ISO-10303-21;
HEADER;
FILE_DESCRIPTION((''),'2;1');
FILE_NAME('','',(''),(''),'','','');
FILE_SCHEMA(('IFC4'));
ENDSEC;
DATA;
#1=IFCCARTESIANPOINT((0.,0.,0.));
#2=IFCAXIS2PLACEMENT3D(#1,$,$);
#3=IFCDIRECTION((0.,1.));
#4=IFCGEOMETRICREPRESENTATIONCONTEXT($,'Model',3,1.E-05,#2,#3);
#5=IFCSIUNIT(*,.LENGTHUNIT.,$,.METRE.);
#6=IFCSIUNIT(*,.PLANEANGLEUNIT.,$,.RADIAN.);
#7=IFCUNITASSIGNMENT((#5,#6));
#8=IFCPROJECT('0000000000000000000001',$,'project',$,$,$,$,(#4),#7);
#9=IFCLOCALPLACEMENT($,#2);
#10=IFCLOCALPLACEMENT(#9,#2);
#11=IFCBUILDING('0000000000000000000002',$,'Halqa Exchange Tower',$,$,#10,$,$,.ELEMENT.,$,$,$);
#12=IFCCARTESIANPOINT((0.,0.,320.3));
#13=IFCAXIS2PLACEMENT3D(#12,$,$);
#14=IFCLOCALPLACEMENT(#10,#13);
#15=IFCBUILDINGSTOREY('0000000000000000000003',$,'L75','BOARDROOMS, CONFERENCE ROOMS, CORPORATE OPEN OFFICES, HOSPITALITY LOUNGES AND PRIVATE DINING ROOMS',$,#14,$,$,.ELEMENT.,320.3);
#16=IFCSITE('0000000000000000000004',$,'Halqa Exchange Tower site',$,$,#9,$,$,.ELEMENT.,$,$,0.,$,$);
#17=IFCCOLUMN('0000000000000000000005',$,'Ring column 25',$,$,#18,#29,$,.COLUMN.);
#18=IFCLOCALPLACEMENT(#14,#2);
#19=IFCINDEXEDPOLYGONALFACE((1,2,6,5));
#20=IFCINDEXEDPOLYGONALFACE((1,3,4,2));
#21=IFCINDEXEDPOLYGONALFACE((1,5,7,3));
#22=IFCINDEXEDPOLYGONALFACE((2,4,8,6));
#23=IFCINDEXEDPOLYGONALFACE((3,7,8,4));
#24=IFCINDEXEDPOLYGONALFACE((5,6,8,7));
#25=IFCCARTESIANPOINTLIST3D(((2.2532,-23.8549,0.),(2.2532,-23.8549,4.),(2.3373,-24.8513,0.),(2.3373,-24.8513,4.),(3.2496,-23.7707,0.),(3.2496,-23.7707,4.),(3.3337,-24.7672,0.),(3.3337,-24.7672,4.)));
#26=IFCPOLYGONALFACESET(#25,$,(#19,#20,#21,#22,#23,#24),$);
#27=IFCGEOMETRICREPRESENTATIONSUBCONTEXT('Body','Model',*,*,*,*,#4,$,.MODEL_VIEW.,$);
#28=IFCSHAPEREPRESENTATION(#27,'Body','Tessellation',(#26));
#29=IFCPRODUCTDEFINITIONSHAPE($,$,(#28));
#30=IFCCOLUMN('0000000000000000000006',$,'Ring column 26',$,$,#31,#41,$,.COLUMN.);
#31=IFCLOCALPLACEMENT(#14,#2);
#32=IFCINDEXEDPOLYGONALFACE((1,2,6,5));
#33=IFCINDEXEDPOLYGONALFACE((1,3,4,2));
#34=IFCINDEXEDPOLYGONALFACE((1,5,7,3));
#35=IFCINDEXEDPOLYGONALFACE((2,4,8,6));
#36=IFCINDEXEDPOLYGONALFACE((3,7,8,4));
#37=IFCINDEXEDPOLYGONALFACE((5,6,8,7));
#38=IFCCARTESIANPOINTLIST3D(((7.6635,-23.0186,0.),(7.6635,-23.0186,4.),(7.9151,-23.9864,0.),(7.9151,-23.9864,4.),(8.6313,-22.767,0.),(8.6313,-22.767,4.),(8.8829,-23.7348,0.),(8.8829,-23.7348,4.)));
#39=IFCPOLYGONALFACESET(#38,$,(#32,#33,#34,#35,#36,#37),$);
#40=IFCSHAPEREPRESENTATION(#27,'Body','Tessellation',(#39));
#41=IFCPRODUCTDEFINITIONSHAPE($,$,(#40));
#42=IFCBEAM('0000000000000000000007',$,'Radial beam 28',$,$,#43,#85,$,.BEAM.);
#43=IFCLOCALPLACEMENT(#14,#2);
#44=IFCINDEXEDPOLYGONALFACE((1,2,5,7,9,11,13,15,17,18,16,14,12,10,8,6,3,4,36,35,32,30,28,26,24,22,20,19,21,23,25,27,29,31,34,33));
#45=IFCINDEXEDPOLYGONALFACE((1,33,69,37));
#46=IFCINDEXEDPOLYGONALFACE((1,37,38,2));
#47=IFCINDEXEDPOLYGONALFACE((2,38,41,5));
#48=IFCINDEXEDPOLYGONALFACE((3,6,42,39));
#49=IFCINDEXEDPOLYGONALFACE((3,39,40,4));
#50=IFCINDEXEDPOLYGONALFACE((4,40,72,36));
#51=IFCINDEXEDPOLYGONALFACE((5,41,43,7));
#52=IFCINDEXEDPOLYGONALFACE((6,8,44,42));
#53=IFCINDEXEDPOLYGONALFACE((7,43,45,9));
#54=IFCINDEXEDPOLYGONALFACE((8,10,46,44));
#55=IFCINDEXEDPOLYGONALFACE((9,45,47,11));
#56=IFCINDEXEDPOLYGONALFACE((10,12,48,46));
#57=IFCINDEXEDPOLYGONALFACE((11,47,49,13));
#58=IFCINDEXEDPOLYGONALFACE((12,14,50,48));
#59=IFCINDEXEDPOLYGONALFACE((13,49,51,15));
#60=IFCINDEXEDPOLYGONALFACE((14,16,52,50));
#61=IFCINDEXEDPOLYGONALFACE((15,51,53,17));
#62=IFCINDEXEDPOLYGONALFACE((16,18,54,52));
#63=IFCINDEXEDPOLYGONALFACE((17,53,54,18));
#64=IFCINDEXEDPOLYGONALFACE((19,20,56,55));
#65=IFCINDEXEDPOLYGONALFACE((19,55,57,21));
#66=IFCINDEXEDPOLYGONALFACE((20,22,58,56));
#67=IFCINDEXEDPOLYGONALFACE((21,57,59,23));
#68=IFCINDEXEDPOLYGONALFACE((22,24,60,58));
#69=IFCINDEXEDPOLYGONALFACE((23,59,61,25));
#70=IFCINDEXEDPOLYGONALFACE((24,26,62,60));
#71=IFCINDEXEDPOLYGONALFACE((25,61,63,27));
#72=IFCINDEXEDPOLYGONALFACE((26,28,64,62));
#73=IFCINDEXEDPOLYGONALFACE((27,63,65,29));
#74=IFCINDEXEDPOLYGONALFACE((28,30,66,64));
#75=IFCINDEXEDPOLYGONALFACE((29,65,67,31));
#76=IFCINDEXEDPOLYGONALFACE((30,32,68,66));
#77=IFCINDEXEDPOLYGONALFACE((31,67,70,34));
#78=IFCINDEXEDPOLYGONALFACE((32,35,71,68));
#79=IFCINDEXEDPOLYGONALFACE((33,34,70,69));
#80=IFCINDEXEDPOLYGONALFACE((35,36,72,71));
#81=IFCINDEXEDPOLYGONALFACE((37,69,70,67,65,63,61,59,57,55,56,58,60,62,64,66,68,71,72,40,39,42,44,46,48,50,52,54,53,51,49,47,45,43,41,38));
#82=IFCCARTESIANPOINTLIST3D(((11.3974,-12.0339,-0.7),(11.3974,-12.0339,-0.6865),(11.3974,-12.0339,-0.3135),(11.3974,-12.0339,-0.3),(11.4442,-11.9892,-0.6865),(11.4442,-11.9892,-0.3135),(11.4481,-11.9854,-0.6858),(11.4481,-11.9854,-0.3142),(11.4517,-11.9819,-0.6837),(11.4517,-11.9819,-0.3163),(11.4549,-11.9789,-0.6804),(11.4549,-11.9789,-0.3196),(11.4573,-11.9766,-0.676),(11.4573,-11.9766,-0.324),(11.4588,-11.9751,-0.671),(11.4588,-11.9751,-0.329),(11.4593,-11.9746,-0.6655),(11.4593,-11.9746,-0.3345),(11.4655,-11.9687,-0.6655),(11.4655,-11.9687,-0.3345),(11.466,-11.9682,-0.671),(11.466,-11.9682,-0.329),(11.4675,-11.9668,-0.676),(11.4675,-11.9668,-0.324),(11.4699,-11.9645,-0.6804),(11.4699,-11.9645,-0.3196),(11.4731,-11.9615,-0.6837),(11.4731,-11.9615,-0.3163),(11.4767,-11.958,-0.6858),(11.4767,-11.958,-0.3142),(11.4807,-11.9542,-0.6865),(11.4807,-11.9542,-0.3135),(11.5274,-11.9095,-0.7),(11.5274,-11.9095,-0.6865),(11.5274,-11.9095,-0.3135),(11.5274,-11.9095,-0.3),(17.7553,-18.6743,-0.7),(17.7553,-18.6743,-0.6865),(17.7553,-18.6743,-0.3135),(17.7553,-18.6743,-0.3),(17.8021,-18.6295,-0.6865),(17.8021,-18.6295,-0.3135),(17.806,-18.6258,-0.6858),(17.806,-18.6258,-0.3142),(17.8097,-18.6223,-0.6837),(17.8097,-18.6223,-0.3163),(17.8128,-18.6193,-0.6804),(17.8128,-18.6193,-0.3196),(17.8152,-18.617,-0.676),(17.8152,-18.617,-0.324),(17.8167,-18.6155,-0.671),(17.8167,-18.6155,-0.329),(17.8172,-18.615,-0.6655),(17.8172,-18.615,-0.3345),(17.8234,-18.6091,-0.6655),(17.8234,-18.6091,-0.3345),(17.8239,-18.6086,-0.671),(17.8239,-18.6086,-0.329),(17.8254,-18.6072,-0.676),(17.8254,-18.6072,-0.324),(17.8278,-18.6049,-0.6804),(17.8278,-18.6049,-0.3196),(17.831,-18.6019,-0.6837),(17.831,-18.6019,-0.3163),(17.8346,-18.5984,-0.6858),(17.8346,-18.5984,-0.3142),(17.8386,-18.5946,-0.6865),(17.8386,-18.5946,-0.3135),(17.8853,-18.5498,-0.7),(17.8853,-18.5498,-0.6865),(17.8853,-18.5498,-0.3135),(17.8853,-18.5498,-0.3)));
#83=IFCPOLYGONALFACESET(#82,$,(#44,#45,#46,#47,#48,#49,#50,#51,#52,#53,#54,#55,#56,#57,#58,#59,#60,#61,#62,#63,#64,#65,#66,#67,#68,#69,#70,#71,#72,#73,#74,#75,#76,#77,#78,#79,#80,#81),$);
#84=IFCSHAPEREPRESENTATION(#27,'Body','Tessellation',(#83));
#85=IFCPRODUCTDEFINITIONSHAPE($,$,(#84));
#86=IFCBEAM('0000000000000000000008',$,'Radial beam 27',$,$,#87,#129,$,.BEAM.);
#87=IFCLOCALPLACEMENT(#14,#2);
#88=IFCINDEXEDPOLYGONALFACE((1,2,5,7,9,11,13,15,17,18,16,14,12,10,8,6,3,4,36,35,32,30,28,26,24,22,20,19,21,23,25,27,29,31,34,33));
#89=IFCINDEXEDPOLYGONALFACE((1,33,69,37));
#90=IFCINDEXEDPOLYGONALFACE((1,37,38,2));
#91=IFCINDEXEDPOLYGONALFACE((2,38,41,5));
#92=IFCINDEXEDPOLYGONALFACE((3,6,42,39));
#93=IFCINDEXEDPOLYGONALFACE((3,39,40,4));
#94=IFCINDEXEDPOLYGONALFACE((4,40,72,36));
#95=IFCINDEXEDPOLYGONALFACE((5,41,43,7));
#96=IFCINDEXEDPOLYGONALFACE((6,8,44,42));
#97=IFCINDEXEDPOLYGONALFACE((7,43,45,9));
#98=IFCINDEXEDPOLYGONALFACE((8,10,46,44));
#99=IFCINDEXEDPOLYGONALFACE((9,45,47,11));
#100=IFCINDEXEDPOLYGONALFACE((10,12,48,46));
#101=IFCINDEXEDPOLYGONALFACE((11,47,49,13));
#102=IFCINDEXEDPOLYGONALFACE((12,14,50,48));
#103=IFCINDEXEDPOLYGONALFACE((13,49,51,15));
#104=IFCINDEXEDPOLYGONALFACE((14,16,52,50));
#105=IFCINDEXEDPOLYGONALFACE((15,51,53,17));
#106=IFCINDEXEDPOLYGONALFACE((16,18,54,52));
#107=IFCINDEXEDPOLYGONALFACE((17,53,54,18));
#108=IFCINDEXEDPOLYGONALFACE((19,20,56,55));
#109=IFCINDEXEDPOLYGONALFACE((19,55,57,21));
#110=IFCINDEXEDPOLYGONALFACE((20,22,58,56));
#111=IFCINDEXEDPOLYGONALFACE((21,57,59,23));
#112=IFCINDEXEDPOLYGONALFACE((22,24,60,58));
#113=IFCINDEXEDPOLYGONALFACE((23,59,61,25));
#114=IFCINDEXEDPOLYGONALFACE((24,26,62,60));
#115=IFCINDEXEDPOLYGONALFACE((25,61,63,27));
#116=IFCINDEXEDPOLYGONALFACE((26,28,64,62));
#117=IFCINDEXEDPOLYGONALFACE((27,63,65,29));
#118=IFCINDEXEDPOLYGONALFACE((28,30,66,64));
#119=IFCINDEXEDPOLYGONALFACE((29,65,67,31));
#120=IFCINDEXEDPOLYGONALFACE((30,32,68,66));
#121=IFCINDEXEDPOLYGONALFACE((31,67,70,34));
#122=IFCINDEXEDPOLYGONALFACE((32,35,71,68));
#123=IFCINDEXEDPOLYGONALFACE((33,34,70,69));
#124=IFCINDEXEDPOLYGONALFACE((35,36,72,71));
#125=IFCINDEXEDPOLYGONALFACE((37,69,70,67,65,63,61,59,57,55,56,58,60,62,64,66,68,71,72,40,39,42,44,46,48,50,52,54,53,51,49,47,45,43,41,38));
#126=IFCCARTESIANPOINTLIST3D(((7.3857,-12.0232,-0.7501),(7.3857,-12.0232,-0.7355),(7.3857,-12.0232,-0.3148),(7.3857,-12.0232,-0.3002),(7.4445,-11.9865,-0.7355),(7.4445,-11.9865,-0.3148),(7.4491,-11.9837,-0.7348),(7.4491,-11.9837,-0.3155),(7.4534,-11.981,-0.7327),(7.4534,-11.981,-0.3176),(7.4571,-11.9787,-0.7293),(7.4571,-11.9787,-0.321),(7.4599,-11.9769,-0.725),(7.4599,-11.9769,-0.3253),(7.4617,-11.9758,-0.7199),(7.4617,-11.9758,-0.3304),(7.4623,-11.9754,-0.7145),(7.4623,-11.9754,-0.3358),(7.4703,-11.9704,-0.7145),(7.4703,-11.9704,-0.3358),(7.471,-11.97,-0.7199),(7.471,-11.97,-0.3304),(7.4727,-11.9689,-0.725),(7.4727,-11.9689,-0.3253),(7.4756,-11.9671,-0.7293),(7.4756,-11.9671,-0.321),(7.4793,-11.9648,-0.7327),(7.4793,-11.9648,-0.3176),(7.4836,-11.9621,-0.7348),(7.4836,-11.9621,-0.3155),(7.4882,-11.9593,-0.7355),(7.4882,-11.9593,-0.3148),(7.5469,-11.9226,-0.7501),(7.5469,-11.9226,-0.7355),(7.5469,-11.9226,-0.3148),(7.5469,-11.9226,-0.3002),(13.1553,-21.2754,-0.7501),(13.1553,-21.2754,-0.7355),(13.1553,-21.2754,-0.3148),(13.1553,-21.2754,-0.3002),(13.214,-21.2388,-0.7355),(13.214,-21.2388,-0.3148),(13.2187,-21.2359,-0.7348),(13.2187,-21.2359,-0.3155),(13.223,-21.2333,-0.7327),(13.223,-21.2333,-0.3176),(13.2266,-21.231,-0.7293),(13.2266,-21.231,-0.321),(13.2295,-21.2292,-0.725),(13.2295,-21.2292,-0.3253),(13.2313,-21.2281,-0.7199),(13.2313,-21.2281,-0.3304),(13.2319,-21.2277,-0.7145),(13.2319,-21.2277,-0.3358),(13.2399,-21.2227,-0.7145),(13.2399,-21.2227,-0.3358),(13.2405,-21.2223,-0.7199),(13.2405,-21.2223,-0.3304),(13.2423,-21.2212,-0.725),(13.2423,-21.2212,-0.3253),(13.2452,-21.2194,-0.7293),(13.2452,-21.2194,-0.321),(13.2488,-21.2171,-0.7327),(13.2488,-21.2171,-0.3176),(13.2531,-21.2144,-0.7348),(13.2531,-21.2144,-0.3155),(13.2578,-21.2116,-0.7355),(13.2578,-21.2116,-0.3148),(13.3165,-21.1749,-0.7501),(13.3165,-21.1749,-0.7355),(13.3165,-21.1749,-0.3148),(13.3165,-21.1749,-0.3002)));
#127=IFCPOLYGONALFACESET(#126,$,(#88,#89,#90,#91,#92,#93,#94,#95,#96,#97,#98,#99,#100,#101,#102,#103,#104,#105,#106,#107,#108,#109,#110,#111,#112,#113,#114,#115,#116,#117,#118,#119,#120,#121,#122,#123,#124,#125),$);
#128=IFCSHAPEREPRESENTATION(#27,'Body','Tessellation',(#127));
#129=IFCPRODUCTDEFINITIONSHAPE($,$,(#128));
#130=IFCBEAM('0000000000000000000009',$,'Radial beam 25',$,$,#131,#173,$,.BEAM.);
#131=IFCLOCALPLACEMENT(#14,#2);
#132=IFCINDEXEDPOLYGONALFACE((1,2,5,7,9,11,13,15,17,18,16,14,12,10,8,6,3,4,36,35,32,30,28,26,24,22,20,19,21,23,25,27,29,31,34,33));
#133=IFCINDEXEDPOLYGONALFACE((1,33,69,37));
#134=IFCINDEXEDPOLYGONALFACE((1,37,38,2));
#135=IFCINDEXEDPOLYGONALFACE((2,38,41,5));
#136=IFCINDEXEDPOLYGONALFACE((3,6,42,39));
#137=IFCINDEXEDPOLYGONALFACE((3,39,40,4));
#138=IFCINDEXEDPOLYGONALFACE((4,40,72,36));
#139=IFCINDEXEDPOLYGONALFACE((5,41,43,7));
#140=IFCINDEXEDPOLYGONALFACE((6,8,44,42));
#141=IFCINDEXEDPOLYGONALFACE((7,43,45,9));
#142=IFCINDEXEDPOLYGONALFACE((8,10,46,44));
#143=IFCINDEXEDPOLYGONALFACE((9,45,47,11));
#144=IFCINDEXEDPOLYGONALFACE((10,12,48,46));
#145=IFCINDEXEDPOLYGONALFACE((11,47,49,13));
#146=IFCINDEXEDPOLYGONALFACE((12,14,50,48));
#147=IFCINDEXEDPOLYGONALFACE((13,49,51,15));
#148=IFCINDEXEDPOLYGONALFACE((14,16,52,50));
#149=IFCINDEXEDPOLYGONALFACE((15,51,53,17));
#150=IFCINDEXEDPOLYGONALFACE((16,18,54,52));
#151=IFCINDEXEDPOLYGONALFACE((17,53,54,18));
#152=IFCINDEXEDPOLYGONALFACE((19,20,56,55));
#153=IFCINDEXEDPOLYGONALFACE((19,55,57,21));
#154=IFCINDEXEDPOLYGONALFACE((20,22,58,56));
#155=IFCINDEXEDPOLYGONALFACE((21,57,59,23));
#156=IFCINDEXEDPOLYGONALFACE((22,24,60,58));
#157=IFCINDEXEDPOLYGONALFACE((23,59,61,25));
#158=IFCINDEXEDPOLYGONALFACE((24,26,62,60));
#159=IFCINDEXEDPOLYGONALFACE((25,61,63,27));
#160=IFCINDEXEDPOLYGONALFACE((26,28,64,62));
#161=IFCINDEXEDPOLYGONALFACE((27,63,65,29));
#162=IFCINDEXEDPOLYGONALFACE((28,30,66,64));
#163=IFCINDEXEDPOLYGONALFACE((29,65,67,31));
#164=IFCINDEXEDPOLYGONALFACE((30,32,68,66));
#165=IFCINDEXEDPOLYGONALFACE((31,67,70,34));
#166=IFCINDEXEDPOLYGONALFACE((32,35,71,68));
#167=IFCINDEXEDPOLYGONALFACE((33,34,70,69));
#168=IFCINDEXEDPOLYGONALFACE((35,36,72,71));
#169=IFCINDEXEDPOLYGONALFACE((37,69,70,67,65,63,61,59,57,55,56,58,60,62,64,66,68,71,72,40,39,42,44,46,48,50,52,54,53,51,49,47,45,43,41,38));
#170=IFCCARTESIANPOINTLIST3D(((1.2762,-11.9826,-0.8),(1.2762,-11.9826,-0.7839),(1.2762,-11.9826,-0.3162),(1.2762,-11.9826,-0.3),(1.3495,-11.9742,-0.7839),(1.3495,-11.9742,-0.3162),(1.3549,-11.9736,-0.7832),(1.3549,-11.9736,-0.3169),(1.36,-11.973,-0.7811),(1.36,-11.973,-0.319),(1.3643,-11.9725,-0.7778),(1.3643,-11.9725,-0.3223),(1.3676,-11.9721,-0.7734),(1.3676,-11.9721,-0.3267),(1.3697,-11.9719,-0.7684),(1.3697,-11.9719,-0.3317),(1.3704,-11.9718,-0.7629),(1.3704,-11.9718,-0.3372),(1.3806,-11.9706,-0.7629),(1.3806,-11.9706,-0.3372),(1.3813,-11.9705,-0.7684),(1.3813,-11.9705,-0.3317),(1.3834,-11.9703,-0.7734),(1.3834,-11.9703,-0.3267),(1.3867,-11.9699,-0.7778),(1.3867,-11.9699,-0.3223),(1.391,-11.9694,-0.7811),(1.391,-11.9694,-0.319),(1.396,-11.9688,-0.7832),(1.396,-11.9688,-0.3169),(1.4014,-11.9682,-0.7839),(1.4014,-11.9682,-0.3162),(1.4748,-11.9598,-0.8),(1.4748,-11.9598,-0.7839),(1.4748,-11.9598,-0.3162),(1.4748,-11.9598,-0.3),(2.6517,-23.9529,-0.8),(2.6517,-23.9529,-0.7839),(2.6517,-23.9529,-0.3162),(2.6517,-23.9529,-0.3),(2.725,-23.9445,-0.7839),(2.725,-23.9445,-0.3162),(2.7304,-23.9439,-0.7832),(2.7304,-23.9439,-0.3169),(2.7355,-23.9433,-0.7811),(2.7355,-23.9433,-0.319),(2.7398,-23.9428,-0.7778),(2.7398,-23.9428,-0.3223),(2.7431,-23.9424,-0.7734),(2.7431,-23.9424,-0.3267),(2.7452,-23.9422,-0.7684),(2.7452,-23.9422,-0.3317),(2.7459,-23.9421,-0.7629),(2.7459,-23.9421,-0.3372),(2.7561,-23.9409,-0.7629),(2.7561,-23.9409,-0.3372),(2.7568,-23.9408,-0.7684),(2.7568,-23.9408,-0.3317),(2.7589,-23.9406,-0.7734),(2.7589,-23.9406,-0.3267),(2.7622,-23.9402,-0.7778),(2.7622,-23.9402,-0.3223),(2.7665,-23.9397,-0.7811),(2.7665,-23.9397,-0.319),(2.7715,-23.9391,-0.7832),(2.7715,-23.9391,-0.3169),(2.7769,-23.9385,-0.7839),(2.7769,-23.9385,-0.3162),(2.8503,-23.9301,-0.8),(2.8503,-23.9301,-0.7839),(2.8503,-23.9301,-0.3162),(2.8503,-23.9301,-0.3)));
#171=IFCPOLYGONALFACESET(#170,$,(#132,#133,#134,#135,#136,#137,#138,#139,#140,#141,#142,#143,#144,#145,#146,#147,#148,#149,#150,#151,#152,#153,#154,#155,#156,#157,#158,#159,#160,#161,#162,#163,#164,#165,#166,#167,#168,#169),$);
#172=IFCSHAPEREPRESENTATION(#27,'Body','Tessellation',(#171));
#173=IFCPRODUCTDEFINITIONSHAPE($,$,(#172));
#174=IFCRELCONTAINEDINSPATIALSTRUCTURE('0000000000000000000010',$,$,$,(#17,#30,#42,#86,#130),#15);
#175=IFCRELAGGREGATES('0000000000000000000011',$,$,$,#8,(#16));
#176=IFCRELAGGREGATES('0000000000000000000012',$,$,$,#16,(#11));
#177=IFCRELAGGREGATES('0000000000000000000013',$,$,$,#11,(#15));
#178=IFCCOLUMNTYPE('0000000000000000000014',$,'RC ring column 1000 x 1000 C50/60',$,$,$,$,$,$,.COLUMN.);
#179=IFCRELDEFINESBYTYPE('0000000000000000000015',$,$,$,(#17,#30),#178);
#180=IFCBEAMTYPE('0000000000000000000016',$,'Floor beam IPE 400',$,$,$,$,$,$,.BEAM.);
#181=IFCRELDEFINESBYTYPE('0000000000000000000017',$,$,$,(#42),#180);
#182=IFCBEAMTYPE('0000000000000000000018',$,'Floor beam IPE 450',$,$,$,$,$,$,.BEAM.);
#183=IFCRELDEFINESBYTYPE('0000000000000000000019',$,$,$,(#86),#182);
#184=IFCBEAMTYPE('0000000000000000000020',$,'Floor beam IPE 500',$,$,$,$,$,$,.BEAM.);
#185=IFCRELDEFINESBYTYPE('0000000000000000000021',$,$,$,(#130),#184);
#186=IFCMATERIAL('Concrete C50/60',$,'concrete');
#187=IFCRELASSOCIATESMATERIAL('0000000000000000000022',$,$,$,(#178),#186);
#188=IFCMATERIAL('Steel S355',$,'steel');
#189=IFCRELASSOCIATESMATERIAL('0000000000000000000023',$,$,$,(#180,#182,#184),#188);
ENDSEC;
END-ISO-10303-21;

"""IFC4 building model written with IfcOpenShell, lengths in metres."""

from ifc_helpers import new_model, si_unit, direction, frame, origin, origin_2d, place, context, subcontext, project, spatial, rectangle, i_section, extrude, material, material_profile, profile_set, type_object, element, save


model = new_model("IFC4")

# Units and contexts
model_context = context("Model", 3, precision=1e-05, world=origin(), true_north=direction((0.0, 1.0)))
body_context = subcontext(model_context, "Body", "Model", "MODEL_VIEW")
ifc_project = project(units=[si_unit("LENGTHUNIT", "METRE"), si_unit("PLANEANGLEUNIT", "RADIAN")], contexts=[model_context])

# Site, building, storey
site_placement = place(None, origin())
site = spatial("IfcSite", under=ifc_project, at=site_placement, Name="Halqa Exchange Tower site", CompositionType="ELEMENT", RefElevation=0.0)
building_placement = place(site_placement, origin())
building = spatial("IfcBuilding", under=site, at=building_placement, Name="Halqa Exchange Tower", CompositionType="ELEMENT")
storey_placement = place(building_placement, frame((0.0, 0.0, 320.3)))
storey = spatial("IfcBuildingStorey", under=building, at=storey_placement, Name="L75", Description="BOARDROOMS, CONFERENCE ROOMS, CORPORATE OPEN OFFICES, HOSPITALITY LOUNGES AND PRIVATE DINING ROOMS", CompositionType="ELEMENT", Elevation=320.3)

# Columns
ifc_material_1 = material(Name="Concrete C50/60", Category="concrete")
ifc_material_profile_1 = material_profile(ifc_material_1, rectangle(XDim=1.0, YDim=1.0, at=origin_2d()), Name="1000 x 1000")
ifc_profile_set_1 = profile_set([ifc_material_profile_1], Name="Concrete C50/60")
column_type = type_object("IfcColumnType", Name="RC ring column 1000 x 1000 C50/60", PredefinedType="COLUMN", material=ifc_profile_set_1)
for number, where, z_axis, x_axis, name in (
    (1, (2.7935, -24.311, 0.0), (0.0, 0.0, 1.0), (0.996455, 0.084127, 0.0), "Ring column 25"),
    (2, (8.2732, -23.3767, 0.0), (0.0, 0.0, 1.0), (0.967819, 0.251647, 0.0), "Ring column 26"),
):
    element("IfcColumn", number, at=place(storey_placement, frame(where, z_axis=z_axis, x_axis=x_axis)), inside=storey, type_object=column_type, Name=name, PredefinedType="COLUMN", context=body_context, shape_type="SweptSolid", body=[
        extrude(rectangle(XDim=1.0, YDim=1.0, at=origin_2d()), origin(), (0.0, 0.0, 1.0), 4.0),
    ])

# Beams
ifc_material_2 = material(Name="Steel S355", Category="steel")
ifc_material_profile_2 = material_profile(ifc_material_2, i_section(OverallWidth=0.1799, OverallDepth=0.3999, WebThickness=0.0085, FlangeThickness=0.0134, FilletRadius=0.021, at=origin_2d()), Name="IPE 400")
ifc_profile_set_2 = profile_set([ifc_material_profile_2], Name="Steel S355")
beam_type_1 = type_object("IfcBeamType", Name="Floor beam IPE 400", PredefinedType="BEAM", material=ifc_profile_set_2)
beam_1_placement = place(storey_placement, frame((11.4624, -11.9717, -0.5), z_axis=(0.691577, -0.722303, 0.0), x_axis=(0.722303, 0.691577, 0.0)))
element("IfcBeam", 3, at=beam_1_placement, inside=storey, type_object=beam_type_1, Name="Radial beam 28", PredefinedType="BEAM", context=body_context, shape_type="SweptSolid", body=[
    extrude(i_section(OverallWidth=0.1799, OverallDepth=0.3999, WebThickness=0.0085, FlangeThickness=0.0134, FilletRadius=0.021, at=origin_2d()), origin(), (0.0, 0.0, 1.0), 9.1934),
])
ifc_material_profile_3 = material_profile(ifc_material_2, i_section(OverallWidth=0.1899, OverallDepth=0.45, WebThickness=0.0095, FlangeThickness=0.0146, FilletRadius=0.021, at=origin_2d()), Name="IPE 450")
ifc_profile_set_3 = profile_set([ifc_material_profile_3], Name="Steel S355")
beam_type_2 = type_object("IfcBeamType", Name="Floor beam IPE 450", PredefinedType="BEAM", material=ifc_profile_set_3)
beam_2_placement = place(storey_placement, frame((7.4663, -11.9729, -0.5251), z_axis=(0.529135, -0.848538, 0.0), x_axis=(0.848538, 0.529135, 0.0)))
element("IfcBeam", 4, at=beam_2_placement, inside=storey, type_object=beam_type_2, Name="Radial beam 27", PredefinedType="BEAM", context=body_context, shape_type="SweptSolid", body=[
    extrude(i_section(OverallWidth=0.1899, OverallDepth=0.45, WebThickness=0.0095, FlangeThickness=0.0146, FilletRadius=0.021, at=origin_2d()), origin(), (0.0, 0.0, 1.0), 10.9038),
])
ifc_material_profile_4 = material_profile(ifc_material_2, i_section(OverallWidth=0.2, OverallDepth=0.5, WebThickness=0.0103, FlangeThickness=0.0161, FilletRadius=0.021, at=origin_2d()), Name="IPE 500")
ifc_profile_set_4 = profile_set([ifc_material_profile_4], Name="Steel S355")
beam_type_3 = type_object("IfcBeamType", Name="Floor beam IPE 500", PredefinedType="BEAM", material=ifc_profile_set_4)
beam_3_placement = place(storey_placement, frame((1.3755, -11.9712, -0.55), z_axis=(0.114158, -0.993463, 0.0), x_axis=(0.993463, 0.114158, 0.0)))
element("IfcBeam", 5, at=beam_3_placement, inside=storey, type_object=beam_type_3, Name="Radial beam 25", PredefinedType="BEAM", context=body_context, shape_type="SweptSolid", body=[
    extrude(i_section(OverallWidth=0.2, OverallDepth=0.5, WebThickness=0.0103, FlangeThickness=0.0161, FilletRadius=0.021, at=origin_2d()), origin(), (0.0, 0.0, 1.0), 12.0491),
])

save(model, "model.ifc")
